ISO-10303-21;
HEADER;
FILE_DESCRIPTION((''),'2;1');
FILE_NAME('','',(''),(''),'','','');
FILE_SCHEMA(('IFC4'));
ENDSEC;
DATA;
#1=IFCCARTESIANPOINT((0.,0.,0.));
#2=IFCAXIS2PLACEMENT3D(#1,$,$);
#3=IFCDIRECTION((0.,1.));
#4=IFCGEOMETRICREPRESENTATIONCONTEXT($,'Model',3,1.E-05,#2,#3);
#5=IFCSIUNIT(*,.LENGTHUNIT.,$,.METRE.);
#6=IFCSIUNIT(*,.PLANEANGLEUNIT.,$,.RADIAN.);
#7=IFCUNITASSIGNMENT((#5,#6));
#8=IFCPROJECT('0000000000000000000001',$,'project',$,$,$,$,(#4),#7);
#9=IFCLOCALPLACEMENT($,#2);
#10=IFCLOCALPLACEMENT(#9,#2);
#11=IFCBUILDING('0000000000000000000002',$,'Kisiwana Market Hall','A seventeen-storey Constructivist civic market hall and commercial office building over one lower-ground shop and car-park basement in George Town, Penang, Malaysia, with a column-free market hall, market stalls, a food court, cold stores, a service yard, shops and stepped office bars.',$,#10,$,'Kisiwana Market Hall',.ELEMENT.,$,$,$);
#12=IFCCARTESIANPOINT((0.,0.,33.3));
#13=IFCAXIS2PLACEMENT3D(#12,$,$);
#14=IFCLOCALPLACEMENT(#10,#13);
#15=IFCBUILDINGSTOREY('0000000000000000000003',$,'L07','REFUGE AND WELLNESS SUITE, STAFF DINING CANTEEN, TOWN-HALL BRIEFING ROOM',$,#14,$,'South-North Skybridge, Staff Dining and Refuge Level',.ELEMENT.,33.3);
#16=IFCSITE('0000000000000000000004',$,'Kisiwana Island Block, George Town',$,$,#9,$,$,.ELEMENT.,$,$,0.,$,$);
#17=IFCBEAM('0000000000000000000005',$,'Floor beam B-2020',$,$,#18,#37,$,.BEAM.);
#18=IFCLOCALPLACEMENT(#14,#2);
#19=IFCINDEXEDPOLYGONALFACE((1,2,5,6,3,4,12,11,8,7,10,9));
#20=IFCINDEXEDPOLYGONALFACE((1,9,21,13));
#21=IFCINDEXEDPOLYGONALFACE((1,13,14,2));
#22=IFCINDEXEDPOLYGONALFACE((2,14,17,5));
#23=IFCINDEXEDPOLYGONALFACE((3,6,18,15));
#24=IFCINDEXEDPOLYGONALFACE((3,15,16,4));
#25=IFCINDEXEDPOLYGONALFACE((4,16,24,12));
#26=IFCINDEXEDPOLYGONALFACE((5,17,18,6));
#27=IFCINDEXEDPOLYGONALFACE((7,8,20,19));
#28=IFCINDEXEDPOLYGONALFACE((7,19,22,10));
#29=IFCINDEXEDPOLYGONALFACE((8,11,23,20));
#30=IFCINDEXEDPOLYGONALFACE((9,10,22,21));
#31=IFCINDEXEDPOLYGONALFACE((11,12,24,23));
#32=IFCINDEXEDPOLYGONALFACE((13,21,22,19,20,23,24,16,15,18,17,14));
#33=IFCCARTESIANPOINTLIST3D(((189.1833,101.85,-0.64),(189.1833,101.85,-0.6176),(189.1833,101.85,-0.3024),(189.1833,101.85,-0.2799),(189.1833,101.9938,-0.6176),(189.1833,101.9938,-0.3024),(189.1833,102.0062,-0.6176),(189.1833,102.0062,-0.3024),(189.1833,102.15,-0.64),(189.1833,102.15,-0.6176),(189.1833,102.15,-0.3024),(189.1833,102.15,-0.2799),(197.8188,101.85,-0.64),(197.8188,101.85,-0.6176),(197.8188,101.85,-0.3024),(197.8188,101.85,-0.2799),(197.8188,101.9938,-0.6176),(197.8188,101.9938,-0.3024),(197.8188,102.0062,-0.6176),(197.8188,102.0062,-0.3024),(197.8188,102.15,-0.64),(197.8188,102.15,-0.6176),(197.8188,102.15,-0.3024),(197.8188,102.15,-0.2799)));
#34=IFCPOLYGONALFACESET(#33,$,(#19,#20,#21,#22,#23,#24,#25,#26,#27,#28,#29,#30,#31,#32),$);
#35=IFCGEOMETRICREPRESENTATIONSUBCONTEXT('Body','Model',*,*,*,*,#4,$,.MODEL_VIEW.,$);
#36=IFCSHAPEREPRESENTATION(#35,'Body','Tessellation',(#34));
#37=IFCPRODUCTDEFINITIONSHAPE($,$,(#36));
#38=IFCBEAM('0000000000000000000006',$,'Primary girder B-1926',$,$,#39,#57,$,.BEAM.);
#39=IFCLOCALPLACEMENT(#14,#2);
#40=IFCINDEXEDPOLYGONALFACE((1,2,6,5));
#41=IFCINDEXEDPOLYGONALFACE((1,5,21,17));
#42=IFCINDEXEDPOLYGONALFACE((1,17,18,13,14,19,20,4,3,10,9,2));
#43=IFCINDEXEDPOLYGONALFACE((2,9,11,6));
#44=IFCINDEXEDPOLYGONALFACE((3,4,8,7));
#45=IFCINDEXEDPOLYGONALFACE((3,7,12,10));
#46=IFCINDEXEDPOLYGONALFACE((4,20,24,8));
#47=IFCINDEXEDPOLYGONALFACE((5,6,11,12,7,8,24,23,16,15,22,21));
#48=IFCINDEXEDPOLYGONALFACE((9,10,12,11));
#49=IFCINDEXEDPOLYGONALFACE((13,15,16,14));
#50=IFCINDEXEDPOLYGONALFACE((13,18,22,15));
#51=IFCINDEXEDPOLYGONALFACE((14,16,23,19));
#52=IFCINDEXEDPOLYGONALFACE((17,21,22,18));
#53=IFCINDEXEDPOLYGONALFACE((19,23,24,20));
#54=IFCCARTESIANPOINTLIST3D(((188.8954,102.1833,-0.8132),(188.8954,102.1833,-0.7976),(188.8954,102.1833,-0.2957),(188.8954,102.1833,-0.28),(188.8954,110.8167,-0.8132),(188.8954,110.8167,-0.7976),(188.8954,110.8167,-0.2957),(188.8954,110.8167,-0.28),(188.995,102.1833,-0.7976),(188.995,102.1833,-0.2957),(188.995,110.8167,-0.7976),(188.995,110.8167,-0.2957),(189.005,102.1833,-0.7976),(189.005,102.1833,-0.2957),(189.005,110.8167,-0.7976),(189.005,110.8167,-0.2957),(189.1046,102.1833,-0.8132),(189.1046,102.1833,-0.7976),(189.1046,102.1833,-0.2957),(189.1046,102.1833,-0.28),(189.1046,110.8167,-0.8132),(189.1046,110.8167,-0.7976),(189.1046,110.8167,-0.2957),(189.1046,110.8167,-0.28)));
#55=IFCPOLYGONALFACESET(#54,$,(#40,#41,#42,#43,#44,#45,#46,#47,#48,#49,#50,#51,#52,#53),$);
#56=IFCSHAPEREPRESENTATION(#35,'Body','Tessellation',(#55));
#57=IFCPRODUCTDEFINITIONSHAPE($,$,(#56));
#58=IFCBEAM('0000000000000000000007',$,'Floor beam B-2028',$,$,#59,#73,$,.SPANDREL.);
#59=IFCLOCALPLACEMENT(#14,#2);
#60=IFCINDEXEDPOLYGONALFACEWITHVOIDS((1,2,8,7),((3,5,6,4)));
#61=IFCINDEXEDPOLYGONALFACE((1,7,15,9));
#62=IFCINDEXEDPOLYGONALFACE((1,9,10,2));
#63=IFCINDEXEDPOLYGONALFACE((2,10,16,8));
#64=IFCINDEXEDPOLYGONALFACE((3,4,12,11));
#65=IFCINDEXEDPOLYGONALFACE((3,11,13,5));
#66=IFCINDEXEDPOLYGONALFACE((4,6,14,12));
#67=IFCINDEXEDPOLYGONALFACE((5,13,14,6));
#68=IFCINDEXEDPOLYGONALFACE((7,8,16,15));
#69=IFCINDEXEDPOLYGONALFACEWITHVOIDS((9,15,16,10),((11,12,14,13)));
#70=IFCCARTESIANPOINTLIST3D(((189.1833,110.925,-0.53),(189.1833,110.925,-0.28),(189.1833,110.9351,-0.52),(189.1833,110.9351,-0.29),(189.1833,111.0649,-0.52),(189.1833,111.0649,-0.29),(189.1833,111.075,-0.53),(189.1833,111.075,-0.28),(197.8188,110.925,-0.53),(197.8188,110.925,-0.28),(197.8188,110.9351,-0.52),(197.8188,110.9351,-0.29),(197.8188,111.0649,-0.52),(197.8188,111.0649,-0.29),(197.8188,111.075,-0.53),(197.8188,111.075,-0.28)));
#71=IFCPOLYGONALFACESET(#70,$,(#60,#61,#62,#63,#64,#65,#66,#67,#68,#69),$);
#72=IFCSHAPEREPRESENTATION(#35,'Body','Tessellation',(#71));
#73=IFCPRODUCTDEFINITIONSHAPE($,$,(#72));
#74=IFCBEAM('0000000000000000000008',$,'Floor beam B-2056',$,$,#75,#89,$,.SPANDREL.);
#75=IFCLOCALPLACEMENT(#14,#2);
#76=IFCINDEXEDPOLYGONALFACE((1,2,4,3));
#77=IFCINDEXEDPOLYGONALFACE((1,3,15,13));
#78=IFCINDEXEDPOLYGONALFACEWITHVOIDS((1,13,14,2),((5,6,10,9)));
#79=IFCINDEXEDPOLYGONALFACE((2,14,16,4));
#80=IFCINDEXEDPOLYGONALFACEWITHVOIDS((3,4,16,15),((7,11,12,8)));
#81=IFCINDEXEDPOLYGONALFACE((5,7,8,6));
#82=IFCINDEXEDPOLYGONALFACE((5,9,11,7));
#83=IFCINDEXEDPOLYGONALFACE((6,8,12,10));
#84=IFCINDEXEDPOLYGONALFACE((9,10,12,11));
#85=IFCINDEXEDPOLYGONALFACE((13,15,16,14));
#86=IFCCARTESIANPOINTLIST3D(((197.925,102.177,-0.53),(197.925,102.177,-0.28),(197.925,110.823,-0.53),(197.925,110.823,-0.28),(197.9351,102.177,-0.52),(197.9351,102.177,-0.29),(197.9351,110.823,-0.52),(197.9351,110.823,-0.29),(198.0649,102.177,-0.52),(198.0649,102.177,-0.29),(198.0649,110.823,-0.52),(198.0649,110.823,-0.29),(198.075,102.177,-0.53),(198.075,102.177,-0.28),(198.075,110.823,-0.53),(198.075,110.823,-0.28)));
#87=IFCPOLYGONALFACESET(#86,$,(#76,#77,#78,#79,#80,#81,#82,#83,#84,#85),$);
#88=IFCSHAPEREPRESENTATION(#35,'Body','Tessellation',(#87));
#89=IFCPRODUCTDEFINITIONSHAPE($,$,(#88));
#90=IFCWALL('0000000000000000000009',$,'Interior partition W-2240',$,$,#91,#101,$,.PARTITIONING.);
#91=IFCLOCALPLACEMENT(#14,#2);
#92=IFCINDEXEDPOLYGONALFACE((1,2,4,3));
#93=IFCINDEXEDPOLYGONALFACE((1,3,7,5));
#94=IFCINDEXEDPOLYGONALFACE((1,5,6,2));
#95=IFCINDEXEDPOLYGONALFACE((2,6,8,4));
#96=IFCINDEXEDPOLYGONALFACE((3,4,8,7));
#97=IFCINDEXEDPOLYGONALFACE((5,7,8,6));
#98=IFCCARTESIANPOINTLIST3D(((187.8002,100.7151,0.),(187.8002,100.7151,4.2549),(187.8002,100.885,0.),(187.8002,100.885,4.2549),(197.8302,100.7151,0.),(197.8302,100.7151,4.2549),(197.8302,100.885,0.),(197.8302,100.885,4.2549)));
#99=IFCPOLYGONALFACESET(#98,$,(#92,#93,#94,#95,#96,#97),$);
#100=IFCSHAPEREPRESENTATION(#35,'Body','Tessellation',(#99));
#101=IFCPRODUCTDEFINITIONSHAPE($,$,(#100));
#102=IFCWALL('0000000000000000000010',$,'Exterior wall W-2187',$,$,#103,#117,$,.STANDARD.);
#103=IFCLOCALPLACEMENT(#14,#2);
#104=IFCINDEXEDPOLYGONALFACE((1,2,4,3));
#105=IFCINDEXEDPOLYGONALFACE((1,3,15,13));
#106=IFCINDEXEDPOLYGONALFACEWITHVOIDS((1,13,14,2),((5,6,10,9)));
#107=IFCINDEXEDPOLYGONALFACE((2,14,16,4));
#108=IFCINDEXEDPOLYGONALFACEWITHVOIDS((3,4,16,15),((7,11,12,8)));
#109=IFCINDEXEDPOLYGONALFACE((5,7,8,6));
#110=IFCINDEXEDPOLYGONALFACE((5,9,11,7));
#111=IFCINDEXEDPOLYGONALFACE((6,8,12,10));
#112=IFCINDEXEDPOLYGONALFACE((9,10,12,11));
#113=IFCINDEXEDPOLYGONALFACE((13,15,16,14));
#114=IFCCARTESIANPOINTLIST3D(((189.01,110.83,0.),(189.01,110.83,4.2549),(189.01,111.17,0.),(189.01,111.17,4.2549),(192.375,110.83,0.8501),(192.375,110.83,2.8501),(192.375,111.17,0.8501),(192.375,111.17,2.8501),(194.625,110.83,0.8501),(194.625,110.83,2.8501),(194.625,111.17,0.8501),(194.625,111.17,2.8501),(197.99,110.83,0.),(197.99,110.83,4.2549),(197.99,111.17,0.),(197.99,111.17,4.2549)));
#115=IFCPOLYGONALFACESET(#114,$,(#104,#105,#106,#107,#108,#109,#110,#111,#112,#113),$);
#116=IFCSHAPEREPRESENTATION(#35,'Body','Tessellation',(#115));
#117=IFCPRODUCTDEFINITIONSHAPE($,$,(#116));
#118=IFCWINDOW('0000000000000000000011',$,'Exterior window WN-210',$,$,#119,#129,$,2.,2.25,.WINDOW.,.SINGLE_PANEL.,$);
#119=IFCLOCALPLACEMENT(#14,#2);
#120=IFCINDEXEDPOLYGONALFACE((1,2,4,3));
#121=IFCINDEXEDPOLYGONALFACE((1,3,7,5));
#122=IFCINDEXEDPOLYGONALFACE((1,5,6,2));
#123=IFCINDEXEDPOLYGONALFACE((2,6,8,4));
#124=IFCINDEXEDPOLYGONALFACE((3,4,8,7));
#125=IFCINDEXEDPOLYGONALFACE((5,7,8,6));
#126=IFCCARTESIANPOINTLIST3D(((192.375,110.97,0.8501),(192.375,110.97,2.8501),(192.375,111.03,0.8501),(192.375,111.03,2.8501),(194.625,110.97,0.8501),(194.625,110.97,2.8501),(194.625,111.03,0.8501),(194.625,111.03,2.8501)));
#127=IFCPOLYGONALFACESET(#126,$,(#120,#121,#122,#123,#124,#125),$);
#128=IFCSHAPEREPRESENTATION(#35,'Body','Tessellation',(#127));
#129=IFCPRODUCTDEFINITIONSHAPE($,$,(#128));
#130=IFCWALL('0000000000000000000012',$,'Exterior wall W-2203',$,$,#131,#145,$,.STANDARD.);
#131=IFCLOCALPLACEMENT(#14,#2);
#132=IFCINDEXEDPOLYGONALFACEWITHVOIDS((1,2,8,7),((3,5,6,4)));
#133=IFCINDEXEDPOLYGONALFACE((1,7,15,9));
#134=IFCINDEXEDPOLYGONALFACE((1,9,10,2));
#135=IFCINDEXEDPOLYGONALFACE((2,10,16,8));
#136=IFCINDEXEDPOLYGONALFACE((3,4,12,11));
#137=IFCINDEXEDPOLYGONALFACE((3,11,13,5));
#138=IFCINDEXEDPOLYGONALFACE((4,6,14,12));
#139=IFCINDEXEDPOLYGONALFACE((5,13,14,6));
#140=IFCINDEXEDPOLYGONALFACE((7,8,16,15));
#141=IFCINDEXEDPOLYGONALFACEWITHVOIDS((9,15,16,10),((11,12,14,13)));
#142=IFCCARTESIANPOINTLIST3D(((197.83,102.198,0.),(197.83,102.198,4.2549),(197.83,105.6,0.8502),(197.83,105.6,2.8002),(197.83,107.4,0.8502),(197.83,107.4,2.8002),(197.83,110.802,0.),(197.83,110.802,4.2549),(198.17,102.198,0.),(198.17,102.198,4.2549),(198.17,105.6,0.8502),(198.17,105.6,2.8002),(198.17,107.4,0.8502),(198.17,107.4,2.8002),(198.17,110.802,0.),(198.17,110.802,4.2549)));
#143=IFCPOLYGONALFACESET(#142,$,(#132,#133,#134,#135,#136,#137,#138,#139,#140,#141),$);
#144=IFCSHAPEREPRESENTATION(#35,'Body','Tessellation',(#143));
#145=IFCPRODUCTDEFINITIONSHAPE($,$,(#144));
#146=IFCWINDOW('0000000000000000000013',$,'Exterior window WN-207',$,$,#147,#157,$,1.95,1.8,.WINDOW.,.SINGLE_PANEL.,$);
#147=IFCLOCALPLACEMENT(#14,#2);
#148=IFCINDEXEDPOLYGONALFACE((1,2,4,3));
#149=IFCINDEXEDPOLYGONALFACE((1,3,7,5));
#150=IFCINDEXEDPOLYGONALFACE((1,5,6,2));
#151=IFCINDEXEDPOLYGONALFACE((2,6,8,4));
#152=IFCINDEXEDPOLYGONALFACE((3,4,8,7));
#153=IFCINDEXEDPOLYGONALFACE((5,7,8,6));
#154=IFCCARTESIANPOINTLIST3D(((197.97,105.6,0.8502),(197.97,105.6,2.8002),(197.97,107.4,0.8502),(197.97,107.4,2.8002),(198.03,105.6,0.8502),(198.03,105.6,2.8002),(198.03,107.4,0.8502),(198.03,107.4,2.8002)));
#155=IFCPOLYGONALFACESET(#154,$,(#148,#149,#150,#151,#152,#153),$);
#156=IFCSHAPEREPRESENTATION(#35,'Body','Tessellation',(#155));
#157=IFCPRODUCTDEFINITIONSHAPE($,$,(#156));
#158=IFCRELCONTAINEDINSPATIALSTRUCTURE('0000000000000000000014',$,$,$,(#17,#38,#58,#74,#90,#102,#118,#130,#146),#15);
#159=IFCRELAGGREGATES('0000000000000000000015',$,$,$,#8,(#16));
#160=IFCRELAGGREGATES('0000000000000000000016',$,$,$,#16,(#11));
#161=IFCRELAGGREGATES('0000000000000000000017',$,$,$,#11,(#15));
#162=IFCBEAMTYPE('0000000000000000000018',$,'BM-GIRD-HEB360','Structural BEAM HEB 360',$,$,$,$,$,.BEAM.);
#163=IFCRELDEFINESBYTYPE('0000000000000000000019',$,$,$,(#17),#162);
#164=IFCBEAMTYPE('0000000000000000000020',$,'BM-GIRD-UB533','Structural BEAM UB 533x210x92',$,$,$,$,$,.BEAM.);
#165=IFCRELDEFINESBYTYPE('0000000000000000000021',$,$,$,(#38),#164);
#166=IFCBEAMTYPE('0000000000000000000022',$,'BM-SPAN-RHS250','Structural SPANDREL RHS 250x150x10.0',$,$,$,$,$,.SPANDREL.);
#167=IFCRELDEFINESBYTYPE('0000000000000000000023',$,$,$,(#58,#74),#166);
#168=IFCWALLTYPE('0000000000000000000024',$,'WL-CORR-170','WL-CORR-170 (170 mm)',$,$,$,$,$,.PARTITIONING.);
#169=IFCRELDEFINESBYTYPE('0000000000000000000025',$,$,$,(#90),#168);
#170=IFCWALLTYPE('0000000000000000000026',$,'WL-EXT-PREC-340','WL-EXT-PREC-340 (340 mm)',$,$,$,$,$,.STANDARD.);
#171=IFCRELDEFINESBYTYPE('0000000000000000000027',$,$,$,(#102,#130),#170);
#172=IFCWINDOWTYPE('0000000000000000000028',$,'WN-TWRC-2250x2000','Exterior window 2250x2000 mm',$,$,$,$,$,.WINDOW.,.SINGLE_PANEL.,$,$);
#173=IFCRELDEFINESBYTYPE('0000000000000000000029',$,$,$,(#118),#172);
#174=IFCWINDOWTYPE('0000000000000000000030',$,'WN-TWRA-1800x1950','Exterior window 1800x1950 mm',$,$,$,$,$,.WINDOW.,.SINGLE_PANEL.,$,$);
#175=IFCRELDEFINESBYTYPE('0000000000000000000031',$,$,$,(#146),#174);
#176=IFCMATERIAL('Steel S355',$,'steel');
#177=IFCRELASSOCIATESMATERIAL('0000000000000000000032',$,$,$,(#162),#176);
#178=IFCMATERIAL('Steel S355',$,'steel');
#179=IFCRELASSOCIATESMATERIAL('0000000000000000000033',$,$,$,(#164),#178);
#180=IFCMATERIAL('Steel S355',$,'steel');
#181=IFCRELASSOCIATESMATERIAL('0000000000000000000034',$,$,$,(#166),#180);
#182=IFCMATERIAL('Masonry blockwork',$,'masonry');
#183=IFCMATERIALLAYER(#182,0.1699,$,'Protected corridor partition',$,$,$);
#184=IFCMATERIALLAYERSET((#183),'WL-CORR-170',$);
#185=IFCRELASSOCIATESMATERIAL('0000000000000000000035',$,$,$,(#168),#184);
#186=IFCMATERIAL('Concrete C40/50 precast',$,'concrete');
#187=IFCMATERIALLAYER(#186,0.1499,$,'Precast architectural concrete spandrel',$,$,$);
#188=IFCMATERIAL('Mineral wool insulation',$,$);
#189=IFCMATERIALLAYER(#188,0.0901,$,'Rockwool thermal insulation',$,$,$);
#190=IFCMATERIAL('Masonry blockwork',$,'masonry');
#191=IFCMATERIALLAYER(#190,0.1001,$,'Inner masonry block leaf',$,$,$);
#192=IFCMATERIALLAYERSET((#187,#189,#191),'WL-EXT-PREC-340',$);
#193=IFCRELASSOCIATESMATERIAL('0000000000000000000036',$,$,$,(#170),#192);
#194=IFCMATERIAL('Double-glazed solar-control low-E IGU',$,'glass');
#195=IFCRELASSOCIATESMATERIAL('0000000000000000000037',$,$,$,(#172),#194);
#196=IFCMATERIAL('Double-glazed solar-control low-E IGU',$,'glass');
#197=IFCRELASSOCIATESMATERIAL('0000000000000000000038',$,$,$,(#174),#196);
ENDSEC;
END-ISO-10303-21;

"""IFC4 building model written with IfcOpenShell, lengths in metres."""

from ifc_helpers import new_model, si_unit, direction, frame, frame_2d, origin, origin_2d, place, context, subcontext, project, spatial, rectangle, hollow_rectangle, i_section, extrude, material, layer, layer_set, material_profile, profile_set, type_object, element, fill, save


model = new_model("IFC4")

# Units and contexts
model_context = context("Model", 3, precision=1e-05, world=origin(), true_north=direction((0.0, 1.0)))
body_context = subcontext(model_context, "Body", "Model", "MODEL_VIEW")
ifc_project = project(units=[si_unit("LENGTHUNIT", "METRE"), si_unit("PLANEANGLEUNIT", "RADIAN")], contexts=[model_context])

# Site, building, storey
site_placement = place(None, origin())
site = spatial("IfcSite", under=ifc_project, at=site_placement, Name="Kisiwana Island Block, George Town", CompositionType="ELEMENT", RefElevation=0.0)
building_placement = place(site_placement, origin())
building = spatial("IfcBuilding", under=site, at=building_placement, Name="Kisiwana Market Hall", Description="A seventeen-storey Constructivist civic market hall and commercial office building over one lower-ground shop and car-park basement in George Town, Penang, Malaysia, with a column-free market hall, market stalls, a food court, cold stores, a service yard, shops and stepped office bars.", LongName="Kisiwana Market Hall", CompositionType="ELEMENT")
storey_placement = place(building_placement, frame((0.0, 0.0, 33.3)))
storey = spatial("IfcBuildingStorey", under=building, at=storey_placement, Name="L07", Description="REFUGE AND WELLNESS SUITE, STAFF DINING CANTEEN, TOWN-HALL BRIEFING ROOM", LongName="South-North Skybridge, Staff Dining and Refuge Level", CompositionType="ELEMENT", Elevation=33.3)

# Beams
ifc_material_1 = material(Name="Steel S355", Category="steel")
ifc_material_profile_1 = material_profile(ifc_material_1, i_section(OverallWidth=0.3, OverallDepth=0.3601, WebThickness=0.0125, FlangeThickness=0.0225, at=origin_2d()), Name="HEB 360")
ifc_profile_set_1 = profile_set([ifc_material_profile_1], Name="Steel S355")
beam_type_1 = type_object("IfcBeamType", Name="BM-GIRD-HEB360", Description="Structural BEAM HEB 360", PredefinedType="BEAM", material=ifc_profile_set_1)
beam_1_placement = place(storey_placement, frame((189.1833, 102.0, -0.46), z_axis=(1.0, 0.0, 0.0), x_axis=(0.0, 1.0, 0.0)))
element("IfcBeam", 1, at=beam_1_placement, inside=storey, type_object=beam_type_1, Name="Floor beam B-2020", PredefinedType="BEAM", context=body_context, shape_type="SweptSolid", body=[
    extrude(i_section(OverallWidth=0.3, OverallDepth=0.3601, WebThickness=0.0125, FlangeThickness=0.0225, at=origin_2d()), origin(), (0.0, 0.0, 1.0), 8.6355),
])
ifc_material_2 = material(Name="Steel S355", Category="steel")
ifc_material_profile_2 = material_profile(ifc_material_2, i_section(OverallWidth=0.2092, OverallDepth=0.5332, WebThickness=0.01, FlangeThickness=0.0156, at=origin_2d()), Name="UB 533x210x92")
ifc_profile_set_2 = profile_set([ifc_material_profile_2], Name="Steel S355")
beam_type_2 = type_object("IfcBeamType", Name="BM-GIRD-UB533", Description="Structural BEAM UB 533x210x92", PredefinedType="BEAM", material=ifc_profile_set_2)
beam_2_placement = place(storey_placement, frame((189.0, 102.1833, -0.5466), z_axis=(0.0, 1.0, 0.0), x_axis=(-1.0, 0.0, 0.0)))
element("IfcBeam", 2, at=beam_2_placement, inside=storey, type_object=beam_type_2, Name="Primary girder B-1926", PredefinedType="BEAM", context=body_context, shape_type="SweptSolid", body=[
    extrude(i_section(OverallWidth=0.2092, OverallDepth=0.5332, WebThickness=0.01, FlangeThickness=0.0156, at=origin_2d()), origin(), (0.0, 0.0, 1.0), 8.6333),
])
ifc_material_3 = material(Name="Steel S355", Category="steel")
ifc_material_profile_3 = material_profile(ifc_material_3, hollow_rectangle(XDim=0.1499, YDim=0.25, WallThickness=0.01, at=origin_2d()), Name="RHS 250x150x10.0")
ifc_profile_set_3 = profile_set([ifc_material_profile_3], Name="Steel S355")
beam_type_3 = type_object("IfcBeamType", Name="BM-SPAN-RHS250", Description="Structural SPANDREL RHS 250x150x10.0", PredefinedType="SPANDREL", material=ifc_profile_set_3)
beam_3_placement = place(storey_placement, frame((189.1833, 111.0, -0.405), z_axis=(1.0, 0.0, 0.0), x_axis=(0.0, 1.0, 0.0)))
element("IfcBeam", 3, at=beam_3_placement, inside=storey, type_object=beam_type_3, Name="Floor beam B-2028", PredefinedType="SPANDREL", context=body_context, shape_type="SweptSolid", body=[
    extrude(hollow_rectangle(XDim=0.1499, YDim=0.25, WallThickness=0.01, at=origin_2d()), origin(), (0.0, 0.0, 1.0), 8.6355),
])
beam_4_placement = place(storey_placement, frame((198.0, 102.177, -0.405), z_axis=(0.0, 1.0, 0.0), x_axis=(-1.0, 0.0, 0.0)))
element("IfcBeam", 4, at=beam_4_placement, inside=storey, type_object=beam_type_3, Name="Floor beam B-2056", PredefinedType="SPANDREL", context=body_context, shape_type="SweptSolid", body=[
    extrude(hollow_rectangle(XDim=0.1499, YDim=0.25, WallThickness=0.01, at=origin_2d()), origin(), (0.0, 0.0, 1.0), 8.646),
])

# Wall
ifc_material_4 = material(Name="Masonry blockwork", Category="masonry")
ifc_layer_1 = layer(ifc_material_4, 0.1699, Name="Protected corridor partition")
ifc_layer_set_1 = layer_set([ifc_layer_1], Name="WL-CORR-170")
wall_type_1 = type_object("IfcWallType", Name="WL-CORR-170", Description="WL-CORR-170 (170 mm)", PredefinedType="PARTITIONING", material=ifc_layer_set_1)
wall_1_placement = place(storey_placement, frame((187.8, 100.8, 0.0), z_axis=(0.0, 0.0, 1.0), x_axis=(1.0, 0.0, 0.0)))
element("IfcWall", 5, at=wall_1_placement, inside=storey, type_object=wall_type_1, Name="Interior partition W-2240", PredefinedType="PARTITIONING", context=body_context, shape_type="SweptSolid", body=[
    extrude(rectangle(XDim=10.03, YDim=0.1699, at=frame_2d((5.0151, 0.0))), origin(), (0.0, 0.0, 1.0), 4.2549),
])

# Walls, openings, windows
ifc_material_5 = material(Name="Concrete C40/50 precast", Category="concrete")
ifc_layer_2 = layer(ifc_material_5, 0.1499, Name="Precast architectural concrete spandrel")
ifc_material_6 = material(Name="Mineral wool insulation")
ifc_layer_3 = layer(ifc_material_6, 0.0901, Name="Rockwool thermal insulation")
ifc_material_7 = material(Name="Masonry blockwork", Category="masonry")
ifc_layer_4 = layer(ifc_material_7, 0.1001, Name="Inner masonry block leaf")
ifc_layer_set_2 = layer_set([ifc_layer_2, ifc_layer_3, ifc_layer_4], Name="WL-EXT-PREC-340")
wall_type_2 = type_object("IfcWallType", Name="WL-EXT-PREC-340", Description="WL-EXT-PREC-340 (340 mm)", PredefinedType="STANDARD", material=ifc_layer_set_2)
wall_2_placement = place(storey_placement, frame((189.01, 111.0, 0.0), z_axis=(0.0, 0.0, 1.0), x_axis=(1.0, 0.0, 0.0)))
wall_2 = element("IfcWall", 6, at=wall_2_placement, inside=storey, type_object=wall_type_2, Name="Exterior wall W-2187", PredefinedType="STANDARD", context=body_context, shape_type="SweptSolid", body=[
    extrude(rectangle(XDim=8.98, YDim=0.3401, at=frame_2d((4.49, 0.0))), origin(), (0.0, 0.0, 1.0), 4.2549),
])
opening_1_placement = place(wall_2_placement, frame((3.365, 0.0, 0.8501)))
opening_1 = element("IfcOpeningElement", 7, at=opening_1_placement, cuts=wall_2, PredefinedType="OPENING", context=body_context, shape_type="SweptSolid", body=[
    extrude(rectangle(XDim=2.25, YDim=2.0, at=frame_2d((1.125, 1.0))), frame((0.0, 0.1821, 0.0), z_axis=(0.0, -1.0, 0.0), x_axis=(1.0, 0.0, 0.0)), (0.0, 0.0, 1.0), 0.364),
])
ifc_material_8 = material(Name="Double-glazed solar-control low-E IGU", Category="glass")
window_type_1 = type_object("IfcWindowType", Name="WN-TWRC-2250x2000", Description="Exterior window 2250x2000 mm", PartitioningType="SINGLE_PANEL", PredefinedType="WINDOW", material=ifc_material_8)
window_1_placement = place(opening_1_placement, origin())
window_1 = element("IfcWindow", 8, at=window_1_placement, inside=storey, type_object=window_type_1, Name="Exterior window WN-210", OverallHeight=2.0, OverallWidth=2.25, PartitioningType="SINGLE_PANEL", PredefinedType="WINDOW", context=body_context, shape_type="SweptSolid", body=[
    extrude(rectangle(XDim=2.25, YDim=2.0, at=frame_2d((1.125, 1.0))), frame((0.0, 0.03, 0.0), z_axis=(0.0, -1.0, 0.0), x_axis=(1.0, 0.0, 0.0)), (0.0, 0.0, 1.0), 0.0601),
])
fill(opening_1, window_1)
wall_3_placement = place(storey_placement, frame((198.0, 102.198, 0.0), z_axis=(0.0, 0.0, 1.0), x_axis=(0.0, 1.0, 0.0)))
wall_3 = element("IfcWall", 9, at=wall_3_placement, inside=storey, type_object=wall_type_2, Name="Exterior wall W-2203", PredefinedType="STANDARD", context=body_context, shape_type="SweptSolid", body=[
    extrude(rectangle(XDim=8.604, YDim=0.3401, at=frame_2d((4.302, 0.0))), origin(), (0.0, 0.0, 1.0), 4.2549),
])
opening_2_placement = place(wall_3_placement, frame((3.4021, 0.0, 0.8501)))
opening_2 = element("IfcOpeningElement", 10, at=opening_2_placement, cuts=wall_3, PredefinedType="OPENING", context=body_context, shape_type="SweptSolid", body=[
    extrude(rectangle(XDim=1.8, YDim=1.95, at=frame_2d((0.8999, 0.9751))), frame((0.0, 0.1821, 0.0), z_axis=(0.0, -1.0, 0.0), x_axis=(1.0, 0.0, 0.0)), (0.0, 0.0, 1.0), 0.364),
])
ifc_material_9 = material(Name="Double-glazed solar-control low-E IGU", Category="glass")
window_type_2 = type_object("IfcWindowType", Name="WN-TWRA-1800x1950", Description="Exterior window 1800x1950 mm", PartitioningType="SINGLE_PANEL", PredefinedType="WINDOW", material=ifc_material_9)
window_2_placement = place(opening_2_placement, origin())
window_2 = element("IfcWindow", 11, at=window_2_placement, inside=storey, type_object=window_type_2, Name="Exterior window WN-207", OverallHeight=1.95, OverallWidth=1.8, PartitioningType="SINGLE_PANEL", PredefinedType="WINDOW", context=body_context, shape_type="SweptSolid", body=[
    extrude(rectangle(XDim=1.8, YDim=1.95, at=frame_2d((0.8999, 0.9751))), frame((0.0, 0.03, 0.0), z_axis=(0.0, -1.0, 0.0), x_axis=(1.0, 0.0, 0.0)), (0.0, 0.0, 1.0), 0.0601),
])
fill(opening_2, window_2)

save(model, "model.ifc")
